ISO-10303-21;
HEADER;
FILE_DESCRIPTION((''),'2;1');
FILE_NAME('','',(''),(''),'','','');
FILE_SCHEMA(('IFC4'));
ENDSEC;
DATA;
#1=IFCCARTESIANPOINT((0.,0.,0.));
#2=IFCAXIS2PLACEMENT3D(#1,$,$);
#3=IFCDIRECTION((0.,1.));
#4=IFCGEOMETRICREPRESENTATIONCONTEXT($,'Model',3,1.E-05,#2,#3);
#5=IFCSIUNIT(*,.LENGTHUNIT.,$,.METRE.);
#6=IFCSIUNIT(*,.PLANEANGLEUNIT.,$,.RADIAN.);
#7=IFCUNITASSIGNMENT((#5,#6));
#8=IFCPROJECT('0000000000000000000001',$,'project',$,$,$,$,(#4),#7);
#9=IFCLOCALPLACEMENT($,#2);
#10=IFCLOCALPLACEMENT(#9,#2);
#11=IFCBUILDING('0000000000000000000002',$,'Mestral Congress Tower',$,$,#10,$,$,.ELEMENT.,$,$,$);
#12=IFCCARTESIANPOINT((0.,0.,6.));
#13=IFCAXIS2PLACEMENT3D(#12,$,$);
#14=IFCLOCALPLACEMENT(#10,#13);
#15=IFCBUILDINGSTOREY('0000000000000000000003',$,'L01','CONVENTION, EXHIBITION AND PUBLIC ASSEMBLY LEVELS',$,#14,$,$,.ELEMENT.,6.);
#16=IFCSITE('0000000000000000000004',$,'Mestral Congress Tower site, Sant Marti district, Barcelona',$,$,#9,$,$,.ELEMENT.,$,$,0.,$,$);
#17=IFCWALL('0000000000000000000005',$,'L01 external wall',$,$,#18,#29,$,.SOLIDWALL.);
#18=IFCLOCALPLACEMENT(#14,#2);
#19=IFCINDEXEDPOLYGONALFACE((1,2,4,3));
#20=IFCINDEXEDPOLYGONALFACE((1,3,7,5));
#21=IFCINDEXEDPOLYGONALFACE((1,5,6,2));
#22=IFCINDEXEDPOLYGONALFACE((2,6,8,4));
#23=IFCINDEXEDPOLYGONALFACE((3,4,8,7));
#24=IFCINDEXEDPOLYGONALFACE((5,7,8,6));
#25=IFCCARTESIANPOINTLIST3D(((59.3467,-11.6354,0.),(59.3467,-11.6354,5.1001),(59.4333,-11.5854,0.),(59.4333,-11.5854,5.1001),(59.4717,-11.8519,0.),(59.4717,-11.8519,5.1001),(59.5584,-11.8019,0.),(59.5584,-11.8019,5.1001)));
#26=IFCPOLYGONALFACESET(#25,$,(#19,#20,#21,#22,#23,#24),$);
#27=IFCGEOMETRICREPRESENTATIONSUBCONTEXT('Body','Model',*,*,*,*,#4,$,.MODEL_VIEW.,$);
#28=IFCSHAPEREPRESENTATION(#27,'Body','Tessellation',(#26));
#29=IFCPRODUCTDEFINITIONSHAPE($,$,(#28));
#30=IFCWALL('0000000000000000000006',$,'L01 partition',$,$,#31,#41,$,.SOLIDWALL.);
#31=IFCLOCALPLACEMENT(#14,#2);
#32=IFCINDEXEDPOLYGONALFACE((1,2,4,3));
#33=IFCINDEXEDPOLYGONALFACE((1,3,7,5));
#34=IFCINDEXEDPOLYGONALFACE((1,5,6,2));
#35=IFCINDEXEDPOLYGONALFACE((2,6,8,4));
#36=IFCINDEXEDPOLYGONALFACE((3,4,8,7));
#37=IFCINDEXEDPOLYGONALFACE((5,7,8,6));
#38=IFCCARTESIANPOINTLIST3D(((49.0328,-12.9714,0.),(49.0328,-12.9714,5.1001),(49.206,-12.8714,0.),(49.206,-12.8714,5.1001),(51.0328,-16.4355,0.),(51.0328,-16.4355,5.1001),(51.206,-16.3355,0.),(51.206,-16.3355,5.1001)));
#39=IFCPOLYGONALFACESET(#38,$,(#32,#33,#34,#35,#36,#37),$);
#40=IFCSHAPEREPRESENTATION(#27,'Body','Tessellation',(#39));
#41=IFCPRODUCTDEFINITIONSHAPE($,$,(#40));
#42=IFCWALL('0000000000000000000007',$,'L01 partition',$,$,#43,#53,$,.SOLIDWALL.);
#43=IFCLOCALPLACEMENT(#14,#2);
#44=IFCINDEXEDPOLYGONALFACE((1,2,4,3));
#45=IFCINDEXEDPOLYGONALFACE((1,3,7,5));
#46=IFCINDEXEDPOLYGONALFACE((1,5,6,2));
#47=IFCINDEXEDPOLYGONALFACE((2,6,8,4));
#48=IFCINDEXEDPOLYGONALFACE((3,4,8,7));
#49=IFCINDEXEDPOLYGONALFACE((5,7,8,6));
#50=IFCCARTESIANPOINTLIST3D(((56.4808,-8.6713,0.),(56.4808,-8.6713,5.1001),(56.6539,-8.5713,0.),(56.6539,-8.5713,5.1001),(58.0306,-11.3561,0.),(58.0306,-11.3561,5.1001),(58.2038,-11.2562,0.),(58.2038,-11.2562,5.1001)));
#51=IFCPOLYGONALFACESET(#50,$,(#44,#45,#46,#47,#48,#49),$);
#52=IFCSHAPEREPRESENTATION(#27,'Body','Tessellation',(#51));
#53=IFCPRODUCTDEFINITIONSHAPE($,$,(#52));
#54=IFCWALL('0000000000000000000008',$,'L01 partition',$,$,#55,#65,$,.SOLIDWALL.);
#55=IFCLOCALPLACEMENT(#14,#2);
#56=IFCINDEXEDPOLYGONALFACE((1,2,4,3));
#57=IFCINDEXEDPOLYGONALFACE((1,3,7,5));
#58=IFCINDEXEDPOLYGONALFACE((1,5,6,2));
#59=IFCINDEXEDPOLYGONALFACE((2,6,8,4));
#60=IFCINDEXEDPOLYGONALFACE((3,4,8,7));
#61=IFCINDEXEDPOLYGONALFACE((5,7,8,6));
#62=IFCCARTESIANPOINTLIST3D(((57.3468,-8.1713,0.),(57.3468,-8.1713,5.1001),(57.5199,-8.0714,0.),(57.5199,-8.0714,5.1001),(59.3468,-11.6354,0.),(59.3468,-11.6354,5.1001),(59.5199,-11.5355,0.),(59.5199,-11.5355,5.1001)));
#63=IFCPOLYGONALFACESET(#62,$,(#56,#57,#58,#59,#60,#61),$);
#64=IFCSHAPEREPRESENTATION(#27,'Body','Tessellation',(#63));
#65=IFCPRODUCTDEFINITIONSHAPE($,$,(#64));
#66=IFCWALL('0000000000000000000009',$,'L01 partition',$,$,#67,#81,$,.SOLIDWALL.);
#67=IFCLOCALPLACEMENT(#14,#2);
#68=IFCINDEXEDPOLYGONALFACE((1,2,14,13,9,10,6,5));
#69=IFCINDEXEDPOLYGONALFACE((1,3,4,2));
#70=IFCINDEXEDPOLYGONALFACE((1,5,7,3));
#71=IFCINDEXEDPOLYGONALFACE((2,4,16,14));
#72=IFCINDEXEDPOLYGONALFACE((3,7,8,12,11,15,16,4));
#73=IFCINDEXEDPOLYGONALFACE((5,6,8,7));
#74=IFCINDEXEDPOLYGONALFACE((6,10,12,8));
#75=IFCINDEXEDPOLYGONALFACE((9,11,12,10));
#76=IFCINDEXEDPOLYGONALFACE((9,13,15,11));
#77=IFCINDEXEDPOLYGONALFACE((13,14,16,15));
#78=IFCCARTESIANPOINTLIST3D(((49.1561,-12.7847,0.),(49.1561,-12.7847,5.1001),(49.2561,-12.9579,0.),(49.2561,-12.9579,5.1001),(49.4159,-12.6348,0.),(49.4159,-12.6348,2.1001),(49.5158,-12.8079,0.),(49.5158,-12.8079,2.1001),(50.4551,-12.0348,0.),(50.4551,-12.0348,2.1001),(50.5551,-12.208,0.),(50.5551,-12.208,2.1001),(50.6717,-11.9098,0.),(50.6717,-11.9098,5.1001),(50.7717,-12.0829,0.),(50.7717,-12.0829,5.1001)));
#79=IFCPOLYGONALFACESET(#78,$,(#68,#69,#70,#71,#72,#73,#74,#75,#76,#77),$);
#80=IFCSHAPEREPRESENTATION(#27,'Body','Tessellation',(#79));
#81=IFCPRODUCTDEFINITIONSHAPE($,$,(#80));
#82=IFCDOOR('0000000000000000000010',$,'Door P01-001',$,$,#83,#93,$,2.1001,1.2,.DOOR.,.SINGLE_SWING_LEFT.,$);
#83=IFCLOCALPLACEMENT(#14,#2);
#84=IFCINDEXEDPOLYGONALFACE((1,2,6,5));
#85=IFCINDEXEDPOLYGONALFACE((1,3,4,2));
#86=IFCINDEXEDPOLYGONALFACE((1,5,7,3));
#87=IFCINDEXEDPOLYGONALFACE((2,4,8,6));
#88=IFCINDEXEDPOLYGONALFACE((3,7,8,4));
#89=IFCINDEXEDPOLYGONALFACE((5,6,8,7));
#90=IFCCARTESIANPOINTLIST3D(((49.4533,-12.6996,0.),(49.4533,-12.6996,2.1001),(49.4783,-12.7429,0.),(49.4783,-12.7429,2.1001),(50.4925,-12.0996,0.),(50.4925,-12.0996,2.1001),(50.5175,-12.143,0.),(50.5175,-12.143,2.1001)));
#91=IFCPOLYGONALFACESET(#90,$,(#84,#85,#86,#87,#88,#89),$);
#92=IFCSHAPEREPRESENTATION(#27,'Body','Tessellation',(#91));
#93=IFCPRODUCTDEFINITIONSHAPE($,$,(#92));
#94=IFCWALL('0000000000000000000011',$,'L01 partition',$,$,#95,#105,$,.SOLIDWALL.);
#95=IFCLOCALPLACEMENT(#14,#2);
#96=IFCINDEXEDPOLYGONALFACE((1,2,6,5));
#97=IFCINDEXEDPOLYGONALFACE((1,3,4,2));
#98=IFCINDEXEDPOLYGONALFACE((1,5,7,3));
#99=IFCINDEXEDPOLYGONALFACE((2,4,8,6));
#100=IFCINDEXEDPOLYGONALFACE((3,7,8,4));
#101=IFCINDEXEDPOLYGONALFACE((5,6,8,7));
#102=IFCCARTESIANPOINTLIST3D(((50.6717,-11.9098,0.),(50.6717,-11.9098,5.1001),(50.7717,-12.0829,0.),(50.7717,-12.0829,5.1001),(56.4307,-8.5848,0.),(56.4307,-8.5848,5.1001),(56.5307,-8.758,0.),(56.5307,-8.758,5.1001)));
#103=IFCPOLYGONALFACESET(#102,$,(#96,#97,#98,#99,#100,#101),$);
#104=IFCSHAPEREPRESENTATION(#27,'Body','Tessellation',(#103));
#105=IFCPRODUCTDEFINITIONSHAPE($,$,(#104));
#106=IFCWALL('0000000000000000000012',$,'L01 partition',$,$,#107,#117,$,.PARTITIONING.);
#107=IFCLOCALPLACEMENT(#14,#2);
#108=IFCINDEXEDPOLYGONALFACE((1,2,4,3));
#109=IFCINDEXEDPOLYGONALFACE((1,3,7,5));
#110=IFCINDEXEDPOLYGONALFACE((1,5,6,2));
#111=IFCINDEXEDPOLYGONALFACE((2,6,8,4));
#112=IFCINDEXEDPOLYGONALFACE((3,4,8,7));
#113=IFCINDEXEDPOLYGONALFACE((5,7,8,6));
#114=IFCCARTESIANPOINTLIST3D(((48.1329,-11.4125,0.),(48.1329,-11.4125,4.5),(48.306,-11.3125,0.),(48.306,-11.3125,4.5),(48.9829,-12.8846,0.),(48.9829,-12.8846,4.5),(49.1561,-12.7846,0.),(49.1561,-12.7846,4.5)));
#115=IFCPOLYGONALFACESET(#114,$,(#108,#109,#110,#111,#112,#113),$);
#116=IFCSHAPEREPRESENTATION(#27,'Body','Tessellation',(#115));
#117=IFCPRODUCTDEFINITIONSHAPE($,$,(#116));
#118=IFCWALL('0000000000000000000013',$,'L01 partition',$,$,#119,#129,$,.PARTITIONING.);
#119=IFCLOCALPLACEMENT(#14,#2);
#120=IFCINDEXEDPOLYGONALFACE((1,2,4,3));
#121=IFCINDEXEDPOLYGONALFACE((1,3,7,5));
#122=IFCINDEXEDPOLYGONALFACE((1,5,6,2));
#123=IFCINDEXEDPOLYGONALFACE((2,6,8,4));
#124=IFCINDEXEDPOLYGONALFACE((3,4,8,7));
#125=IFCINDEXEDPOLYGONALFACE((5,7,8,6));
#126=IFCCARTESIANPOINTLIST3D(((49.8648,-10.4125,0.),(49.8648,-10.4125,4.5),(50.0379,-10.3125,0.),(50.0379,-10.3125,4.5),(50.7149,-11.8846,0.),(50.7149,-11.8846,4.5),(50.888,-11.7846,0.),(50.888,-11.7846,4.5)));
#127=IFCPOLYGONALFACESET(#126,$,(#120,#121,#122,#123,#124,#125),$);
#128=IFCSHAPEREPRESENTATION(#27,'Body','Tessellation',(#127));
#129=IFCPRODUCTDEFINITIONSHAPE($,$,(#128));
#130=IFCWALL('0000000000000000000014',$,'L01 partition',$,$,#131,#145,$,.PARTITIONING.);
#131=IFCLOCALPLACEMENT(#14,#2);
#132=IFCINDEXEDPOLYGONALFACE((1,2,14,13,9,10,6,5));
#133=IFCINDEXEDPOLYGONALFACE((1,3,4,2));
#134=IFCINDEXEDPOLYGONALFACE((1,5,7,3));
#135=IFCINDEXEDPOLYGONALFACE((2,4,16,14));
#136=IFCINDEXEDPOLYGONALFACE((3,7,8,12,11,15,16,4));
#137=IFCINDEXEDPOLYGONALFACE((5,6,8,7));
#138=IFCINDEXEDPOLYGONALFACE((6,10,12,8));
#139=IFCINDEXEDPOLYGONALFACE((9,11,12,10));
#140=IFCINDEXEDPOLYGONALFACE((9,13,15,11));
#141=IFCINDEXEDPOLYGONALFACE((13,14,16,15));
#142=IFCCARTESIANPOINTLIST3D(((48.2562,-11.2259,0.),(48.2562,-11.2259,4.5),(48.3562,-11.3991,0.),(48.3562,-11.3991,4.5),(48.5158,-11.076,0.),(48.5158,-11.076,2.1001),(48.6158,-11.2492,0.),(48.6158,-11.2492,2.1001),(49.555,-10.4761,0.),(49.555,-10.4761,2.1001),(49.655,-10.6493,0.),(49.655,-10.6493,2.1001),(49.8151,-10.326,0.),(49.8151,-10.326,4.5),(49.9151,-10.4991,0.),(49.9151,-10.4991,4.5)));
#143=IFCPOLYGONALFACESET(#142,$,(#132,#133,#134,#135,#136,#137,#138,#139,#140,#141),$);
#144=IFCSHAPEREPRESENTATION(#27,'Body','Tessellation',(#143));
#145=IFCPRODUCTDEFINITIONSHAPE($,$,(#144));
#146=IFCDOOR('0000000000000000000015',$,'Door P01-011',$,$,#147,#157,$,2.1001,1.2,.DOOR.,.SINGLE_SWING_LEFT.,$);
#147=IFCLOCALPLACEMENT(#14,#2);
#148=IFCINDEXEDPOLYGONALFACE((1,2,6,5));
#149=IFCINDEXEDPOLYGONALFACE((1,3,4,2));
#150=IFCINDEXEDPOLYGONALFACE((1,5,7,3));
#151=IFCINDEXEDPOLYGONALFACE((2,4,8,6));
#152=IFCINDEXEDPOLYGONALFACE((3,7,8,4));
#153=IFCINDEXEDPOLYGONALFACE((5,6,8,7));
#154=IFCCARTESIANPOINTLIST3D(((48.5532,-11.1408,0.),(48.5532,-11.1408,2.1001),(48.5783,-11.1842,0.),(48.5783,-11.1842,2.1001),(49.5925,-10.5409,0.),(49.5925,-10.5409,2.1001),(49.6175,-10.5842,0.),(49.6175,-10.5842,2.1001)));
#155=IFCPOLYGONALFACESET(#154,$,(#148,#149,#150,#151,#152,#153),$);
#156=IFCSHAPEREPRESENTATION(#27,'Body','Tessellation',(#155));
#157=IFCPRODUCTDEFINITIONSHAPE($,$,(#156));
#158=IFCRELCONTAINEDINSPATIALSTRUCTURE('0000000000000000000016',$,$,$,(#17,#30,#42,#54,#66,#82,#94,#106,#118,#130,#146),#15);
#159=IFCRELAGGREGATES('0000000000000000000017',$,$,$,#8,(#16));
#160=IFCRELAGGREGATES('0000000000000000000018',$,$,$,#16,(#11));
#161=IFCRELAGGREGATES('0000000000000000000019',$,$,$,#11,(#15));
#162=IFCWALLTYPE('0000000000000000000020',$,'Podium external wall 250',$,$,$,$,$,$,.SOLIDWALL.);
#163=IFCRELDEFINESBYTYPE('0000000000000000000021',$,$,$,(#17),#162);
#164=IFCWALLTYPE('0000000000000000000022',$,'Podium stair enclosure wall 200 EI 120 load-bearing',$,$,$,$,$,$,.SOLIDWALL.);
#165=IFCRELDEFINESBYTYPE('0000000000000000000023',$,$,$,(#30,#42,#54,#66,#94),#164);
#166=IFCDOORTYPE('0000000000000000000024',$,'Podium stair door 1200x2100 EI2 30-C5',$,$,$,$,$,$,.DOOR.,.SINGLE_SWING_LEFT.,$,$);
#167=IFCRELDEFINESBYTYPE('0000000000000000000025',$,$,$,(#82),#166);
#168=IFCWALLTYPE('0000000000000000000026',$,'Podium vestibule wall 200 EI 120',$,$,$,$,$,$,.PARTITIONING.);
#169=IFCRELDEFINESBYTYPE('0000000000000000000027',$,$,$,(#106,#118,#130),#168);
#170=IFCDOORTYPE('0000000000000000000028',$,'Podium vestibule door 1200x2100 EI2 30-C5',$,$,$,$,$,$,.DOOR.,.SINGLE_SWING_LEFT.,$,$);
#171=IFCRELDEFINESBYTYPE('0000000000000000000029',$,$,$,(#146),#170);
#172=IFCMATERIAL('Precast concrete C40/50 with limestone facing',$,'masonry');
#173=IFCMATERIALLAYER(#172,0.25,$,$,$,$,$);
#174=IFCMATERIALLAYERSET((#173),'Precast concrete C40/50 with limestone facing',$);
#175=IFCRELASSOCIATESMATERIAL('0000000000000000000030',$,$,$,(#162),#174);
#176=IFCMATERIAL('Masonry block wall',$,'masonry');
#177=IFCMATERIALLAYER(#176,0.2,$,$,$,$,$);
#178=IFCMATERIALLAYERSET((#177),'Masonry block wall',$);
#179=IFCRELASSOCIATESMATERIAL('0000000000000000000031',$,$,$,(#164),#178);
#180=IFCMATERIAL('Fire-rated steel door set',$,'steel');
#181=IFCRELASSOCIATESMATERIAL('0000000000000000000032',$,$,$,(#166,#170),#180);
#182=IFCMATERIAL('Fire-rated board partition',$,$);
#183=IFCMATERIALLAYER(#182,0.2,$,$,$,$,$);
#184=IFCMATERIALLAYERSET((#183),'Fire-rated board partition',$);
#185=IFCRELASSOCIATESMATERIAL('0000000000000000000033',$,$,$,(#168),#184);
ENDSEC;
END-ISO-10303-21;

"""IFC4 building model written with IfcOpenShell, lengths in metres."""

from ifc_helpers import new_model, si_unit, direction, frame, frame_2d, origin, place, context, subcontext, project, spatial, rectangle, extrude, material, layer, layer_set, type_object, element, fill, save


model = new_model("IFC4")

# Units and contexts
model_context = context("Model", 3, precision=1e-05, world=origin(), true_north=direction((0.0, 1.0)))
body_context = subcontext(model_context, "Body", "Model", "MODEL_VIEW")
ifc_project = project(units=[si_unit("LENGTHUNIT", "METRE"), si_unit("PLANEANGLEUNIT", "RADIAN")], contexts=[model_context])

# Site, building, storey
site_placement = place(None, origin())
site = spatial("IfcSite", under=ifc_project, at=site_placement, Name="Mestral Congress Tower site, Sant Marti district, Barcelona", CompositionType="ELEMENT", RefElevation=0.0)
building_placement = place(site_placement, origin())
building = spatial("IfcBuilding", under=site, at=building_placement, Name="Mestral Congress Tower", CompositionType="ELEMENT")
storey_placement = place(building_placement, frame((0.0, 0.0, 6.0)))
storey = spatial("IfcBuildingStorey", under=building, at=storey_placement, Name="L01", Description="CONVENTION, EXHIBITION AND PUBLIC ASSEMBLY LEVELS", CompositionType="ELEMENT", Elevation=6.0)

# Shared definitions
ifc_material_1 = material(Name="Precast concrete C40/50 with limestone facing", Category="masonry")
ifc_layer_1 = layer(ifc_material_1, 0.25)
ifc_layer_set_1 = layer_set([ifc_layer_1], Name="Precast concrete C40/50 with limestone facing")
wall_type_1 = type_object("IfcWallType", Name="Podium external wall 250", PredefinedType="SOLIDWALL", material=ifc_layer_set_1)

# Walls
wall_1_placement = place(storey_placement, frame((59.4958, -11.6936, 0.0), z_axis=(0.0, 0.0, 1.0), x_axis=(-0.865982, -0.500074, 0.0)))
element("IfcWall", 1, at=wall_1_placement, inside=storey, type_object=wall_type_1, Name="L01 external wall", PredefinedType="SOLIDWALL", context=body_context, shape_type="SweptSolid", body=[
    extrude(rectangle(XDim=0.1001, YDim=0.25, at=frame_2d((0.05, 0.0))), origin(), (0.0, 0.0, 1.0), 5.1001),
])
ifc_material_2 = material(Name="Masonry block wall", Category="masonry")
ifc_layer_2 = layer(ifc_material_2, 0.2)
ifc_layer_set_2 = layer_set([ifc_layer_2], Name="Masonry block wall")
wall_type_2 = type_object("IfcWallType", Name="Podium stair enclosure wall 200 EI 120 load-bearing", PredefinedType="SOLIDWALL", material=ifc_layer_set_2)
wall_2_placement = place(storey_placement, frame((51.1194, -16.3855, 0.0), z_axis=(0.0, 0.0, 1.0), x_axis=(-0.499999, 0.866026, 0.0)))
element("IfcWall", 2, at=wall_2_placement, inside=storey, type_object=wall_type_2, Name="L01 partition", PredefinedType="SOLIDWALL", context=body_context, shape_type="SweptSolid", body=[
    extrude(rectangle(XDim=4.0, YDim=0.2, at=frame_2d((2.0, 0.0))), origin(), (0.0, 0.0, 1.0), 5.1001),
])
wall_3_placement = place(storey_placement, frame((58.1172, -11.3062, 0.0), z_axis=(0.0, 0.0, 1.0), x_axis=(-0.499934, 0.866064, 0.0)))
element("IfcWall", 3, at=wall_3_placement, inside=storey, type_object=wall_type_2, Name="L01 partition", PredefinedType="SOLIDWALL", context=body_context, shape_type="SweptSolid", body=[
    extrude(rectangle(XDim=3.1001, YDim=0.2, at=frame_2d((1.55, 0.0))), origin(), (0.0, 0.0, 1.0), 5.1001),
])
wall_4_placement = place(storey_placement, frame((59.4333, -11.5854, 0.0), z_axis=(0.0, 0.0, 1.0), x_axis=(-0.499999, 0.866026, 0.0)))
element("IfcWall", 4, at=wall_4_placement, inside=storey, type_object=wall_type_2, Name="L01 partition", PredefinedType="SOLIDWALL", context=body_context, shape_type="SweptSolid", body=[
    extrude(rectangle(XDim=4.0, YDim=0.2, at=frame_2d((2.0, 0.0))), origin(), (0.0, 0.0, 1.0), 5.1001),
])

# Wall, opening, door
wall_5_placement = place(storey_placement, frame((50.7217, -11.9963, 0.0), z_axis=(0.0, 0.0, 1.0), x_axis=(-0.866037, -0.49998, 0.0)))
wall_5 = element("IfcWall", 5, at=wall_5_placement, inside=storey, type_object=wall_type_2, Name="L01 partition", PredefinedType="SOLIDWALL", context=body_context, shape_type="SweptSolid", body=[
    extrude(rectangle(XDim=1.75, YDim=0.2, at=frame_2d((0.875, 0.0))), origin(), (0.0, 0.0, 1.0), 5.1001),
])
opening_1_placement = place(wall_5_placement, frame((0.25, 0.0, 0.0)))
opening_1 = element("IfcOpeningElement", 6, at=opening_1_placement, cuts=wall_5, PredefinedType="OPENING", context=body_context, shape_type="SweptSolid", body=[
    extrude(rectangle(XDim=1.2, YDim=2.1001, at=frame_2d((0.6001, 1.05))), frame((0.0, 0.1099, 0.0), z_axis=(0.0, -1.0, 0.0), x_axis=(1.0, 0.0, 0.0)), (0.0, 0.0, 1.0), 0.22),
])
ifc_material_3 = material(Name="Fire-rated steel door set", Category="steel")
door_type_1 = type_object("IfcDoorType", Name="Podium stair door 1200x2100 EI2 30-C5", OperationType="SINGLE_SWING_LEFT", PredefinedType="DOOR", material=ifc_material_3)
door_1_placement = place(opening_1_placement, origin())
door_1 = element("IfcDoor", 7, at=door_1_placement, inside=storey, type_object=door_type_1, Name="Door P01-001", OperationType="SINGLE_SWING_LEFT", OverallHeight=2.1001, OverallWidth=1.2, PredefinedType="DOOR", context=body_context, shape_type="SweptSolid", body=[
    extrude(rectangle(XDim=1.2, YDim=2.1001, at=frame_2d((0.6001, 1.05))), frame((0.0, 0.0249, 0.0), z_axis=(0.0, -1.0, 0.0), x_axis=(1.0, 0.0, 0.0)), (0.0, 0.0, 1.0), 0.05),
])
fill(opening_1, door_1)

# Walls
wall_6_placement = place(storey_placement, frame((50.7217, -11.9963, 0.0), z_axis=(0.0, 0.0, 1.0), x_axis=(0.866027, 0.499997, 0.0)))
element("IfcWall", 8, at=wall_6_placement, inside=storey, type_object=wall_type_2, Name="L01 partition", PredefinedType="SOLIDWALL", context=body_context, shape_type="SweptSolid", body=[
    extrude(rectangle(XDim=6.6499, YDim=0.2, at=frame_2d((3.325, 0.0))), origin(), (0.0, 0.0, 1.0), 5.1001),
])
ifc_material_4 = material(Name="Fire-rated board partition")
ifc_layer_3 = layer(ifc_material_4, 0.2)
ifc_layer_set_3 = layer_set([ifc_layer_3], Name="Fire-rated board partition")
wall_type_3 = type_object("IfcWallType", Name="Podium vestibule wall 200 EI 120", PredefinedType="PARTITIONING", material=ifc_layer_set_3)
for number, where, z_axis, x_axis, name in (
    (9, (49.0696, -12.8347, 0.0), (0.0, 0.0, 1.0), (-0.500062, 0.865989, 0.0), "L01 partition"),
    (10, (50.8015, -11.8347, 0.0), (0.0, 0.0, 1.0), (-0.500062, 0.865989, 0.0), "L01 partition"),
):
    element("IfcWall", number, at=place(storey_placement, frame(where, z_axis=z_axis, x_axis=x_axis)), inside=storey, type_object=wall_type_3, Name=name, PredefinedType="PARTITIONING", context=body_context, shape_type="SweptSolid", body=[
        extrude(rectangle(XDim=1.7, YDim=0.2, at=frame_2d((0.8501, 0.0))), origin(), (0.0, 0.0, 1.0), 4.5),
    ])

# Wall, opening, door
wall_7_placement = place(storey_placement, frame((49.865, -10.4126, 0.0), z_axis=(0.0, 0.0, 1.0), x_axis=(-0.866048, -0.499961, 0.0)))
wall_7 = element("IfcWall", 11, at=wall_7_placement, inside=storey, type_object=wall_type_3, Name="L01 partition", PredefinedType="PARTITIONING", context=body_context, shape_type="SweptSolid", body=[
    extrude(rectangle(XDim=1.8, YDim=0.2, at=frame_2d((0.8999, 0.0))), origin(), (0.0, 0.0, 1.0), 4.5),
])
opening_2_placement = place(wall_7_placement, frame((0.3, 0.0, 0.0)))
opening_2 = element("IfcOpeningElement", 12, at=opening_2_placement, cuts=wall_7, PredefinedType="OPENING", context=body_context, shape_type="SweptSolid", body=[
    extrude(rectangle(XDim=1.2, YDim=2.1001, at=frame_2d((0.6001, 1.05))), frame((0.0, 0.1099, 0.0), z_axis=(0.0, -1.0, 0.0), x_axis=(1.0, 0.0, 0.0)), (0.0, 0.0, 1.0), 0.22),
])
door_type_2 = type_object("IfcDoorType", Name="Podium vestibule door 1200x2100 EI2 30-C5", OperationType="SINGLE_SWING_LEFT", PredefinedType="DOOR", material=ifc_material_3)
door_2_placement = place(opening_2_placement, origin())
door_2 = element("IfcDoor", 13, at=door_2_placement, inside=storey, type_object=door_type_2, Name="Door P01-011", OperationType="SINGLE_SWING_LEFT", OverallHeight=2.1001, OverallWidth=1.2, PredefinedType="DOOR", context=body_context, shape_type="SweptSolid", body=[
    extrude(rectangle(XDim=1.2, YDim=2.1001, at=frame_2d((0.6001, 1.05))), frame((0.0, 0.0249, 0.0), z_axis=(0.0, -1.0, 0.0), x_axis=(1.0, 0.0, 0.0)), (0.0, 0.0, 1.0), 0.05),
])
fill(opening_2, door_2)

save(model, "model.ifc")
